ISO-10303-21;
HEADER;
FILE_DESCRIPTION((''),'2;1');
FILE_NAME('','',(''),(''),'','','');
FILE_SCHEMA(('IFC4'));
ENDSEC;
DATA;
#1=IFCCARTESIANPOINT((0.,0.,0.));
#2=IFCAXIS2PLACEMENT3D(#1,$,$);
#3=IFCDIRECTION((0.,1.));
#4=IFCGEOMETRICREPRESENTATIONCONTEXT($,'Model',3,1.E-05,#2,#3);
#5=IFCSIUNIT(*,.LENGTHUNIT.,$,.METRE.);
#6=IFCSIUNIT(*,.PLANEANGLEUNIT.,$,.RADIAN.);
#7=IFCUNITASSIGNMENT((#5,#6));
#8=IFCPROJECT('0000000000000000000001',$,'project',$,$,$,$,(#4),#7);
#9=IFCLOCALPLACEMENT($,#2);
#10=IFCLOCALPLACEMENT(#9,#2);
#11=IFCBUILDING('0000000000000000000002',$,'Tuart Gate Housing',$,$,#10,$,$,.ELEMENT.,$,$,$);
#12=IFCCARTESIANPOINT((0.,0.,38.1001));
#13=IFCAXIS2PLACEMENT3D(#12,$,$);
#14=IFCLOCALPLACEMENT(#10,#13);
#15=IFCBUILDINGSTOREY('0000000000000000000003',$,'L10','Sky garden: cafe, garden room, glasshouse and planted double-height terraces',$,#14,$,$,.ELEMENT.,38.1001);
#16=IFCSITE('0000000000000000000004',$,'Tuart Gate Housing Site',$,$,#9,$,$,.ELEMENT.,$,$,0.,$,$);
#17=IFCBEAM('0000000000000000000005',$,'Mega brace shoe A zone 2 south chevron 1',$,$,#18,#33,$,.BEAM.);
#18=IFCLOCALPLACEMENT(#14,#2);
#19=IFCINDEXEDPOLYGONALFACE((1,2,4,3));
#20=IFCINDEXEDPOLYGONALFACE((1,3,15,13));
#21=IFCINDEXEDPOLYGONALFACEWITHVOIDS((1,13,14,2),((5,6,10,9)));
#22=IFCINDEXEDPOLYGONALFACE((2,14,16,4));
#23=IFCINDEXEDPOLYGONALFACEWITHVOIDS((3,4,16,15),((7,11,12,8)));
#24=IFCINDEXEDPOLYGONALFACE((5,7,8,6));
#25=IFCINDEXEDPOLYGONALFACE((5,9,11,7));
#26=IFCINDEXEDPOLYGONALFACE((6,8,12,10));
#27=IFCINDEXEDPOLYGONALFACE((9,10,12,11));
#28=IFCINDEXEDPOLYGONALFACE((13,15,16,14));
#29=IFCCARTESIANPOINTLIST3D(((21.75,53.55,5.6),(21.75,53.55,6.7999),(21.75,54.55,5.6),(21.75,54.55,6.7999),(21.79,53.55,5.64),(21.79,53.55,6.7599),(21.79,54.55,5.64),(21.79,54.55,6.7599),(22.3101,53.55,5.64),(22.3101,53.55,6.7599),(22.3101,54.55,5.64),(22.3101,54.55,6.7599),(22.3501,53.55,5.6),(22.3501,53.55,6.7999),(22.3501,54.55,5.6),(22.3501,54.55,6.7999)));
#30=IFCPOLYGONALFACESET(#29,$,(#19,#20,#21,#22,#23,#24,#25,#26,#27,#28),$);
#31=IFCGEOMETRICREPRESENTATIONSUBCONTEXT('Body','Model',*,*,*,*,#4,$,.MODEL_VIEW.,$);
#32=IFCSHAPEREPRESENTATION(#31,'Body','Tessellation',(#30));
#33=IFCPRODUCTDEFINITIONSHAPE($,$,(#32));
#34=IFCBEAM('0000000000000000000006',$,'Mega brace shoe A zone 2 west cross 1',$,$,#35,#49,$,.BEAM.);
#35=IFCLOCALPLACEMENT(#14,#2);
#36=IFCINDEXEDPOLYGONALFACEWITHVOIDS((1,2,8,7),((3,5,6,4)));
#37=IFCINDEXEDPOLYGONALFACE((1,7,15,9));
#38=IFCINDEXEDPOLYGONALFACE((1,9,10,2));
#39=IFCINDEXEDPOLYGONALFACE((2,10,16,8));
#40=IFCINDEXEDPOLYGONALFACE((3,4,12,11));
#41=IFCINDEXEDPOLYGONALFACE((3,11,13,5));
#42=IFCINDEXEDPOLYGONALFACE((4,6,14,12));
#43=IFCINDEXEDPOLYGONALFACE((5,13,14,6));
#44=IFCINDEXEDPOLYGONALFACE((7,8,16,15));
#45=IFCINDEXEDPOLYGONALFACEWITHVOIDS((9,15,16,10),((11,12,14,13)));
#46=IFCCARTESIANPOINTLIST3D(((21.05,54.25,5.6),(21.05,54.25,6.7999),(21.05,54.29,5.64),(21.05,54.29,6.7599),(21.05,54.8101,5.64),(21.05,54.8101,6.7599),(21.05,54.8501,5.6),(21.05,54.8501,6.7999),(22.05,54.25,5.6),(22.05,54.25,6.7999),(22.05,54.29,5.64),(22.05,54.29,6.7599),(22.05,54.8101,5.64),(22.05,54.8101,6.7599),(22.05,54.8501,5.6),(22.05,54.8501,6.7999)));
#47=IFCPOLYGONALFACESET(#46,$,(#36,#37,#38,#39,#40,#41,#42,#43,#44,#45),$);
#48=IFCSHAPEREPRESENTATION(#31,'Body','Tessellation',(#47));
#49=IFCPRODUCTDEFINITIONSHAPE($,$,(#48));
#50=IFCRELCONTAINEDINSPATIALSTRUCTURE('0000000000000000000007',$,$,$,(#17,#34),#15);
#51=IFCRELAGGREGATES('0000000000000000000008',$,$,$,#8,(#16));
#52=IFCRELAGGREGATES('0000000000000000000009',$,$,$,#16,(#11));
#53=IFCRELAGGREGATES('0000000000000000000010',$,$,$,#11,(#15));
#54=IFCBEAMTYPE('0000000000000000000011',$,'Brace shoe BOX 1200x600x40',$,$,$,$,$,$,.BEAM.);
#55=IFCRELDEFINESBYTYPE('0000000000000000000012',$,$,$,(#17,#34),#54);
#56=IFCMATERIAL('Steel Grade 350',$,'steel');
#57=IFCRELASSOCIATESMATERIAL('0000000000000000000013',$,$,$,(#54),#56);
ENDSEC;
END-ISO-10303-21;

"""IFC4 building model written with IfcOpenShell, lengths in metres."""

from ifc_helpers import new_model, si_unit, direction, frame, origin, origin_2d, place, context, subcontext, project, spatial, hollow_rectangle, extrude, material, material_profile, profile_set, type_object, element, save


model = new_model("IFC4")

# Units and contexts
model_context = context("Model", 3, precision=1e-05, world=origin(), true_north=direction((0.0, 1.0)))
body_context = subcontext(model_context, "Body", "Model", "MODEL_VIEW")
ifc_project = project(units=[si_unit("LENGTHUNIT", "METRE"), si_unit("PLANEANGLEUNIT", "RADIAN")], contexts=[model_context])

# Site, building, storey
site_placement = place(None, origin())
site = spatial("IfcSite", under=ifc_project, at=site_placement, Name="Tuart Gate Housing Site", CompositionType="ELEMENT", RefElevation=0.0)
building_placement = place(site_placement, origin())
building = spatial("IfcBuilding", under=site, at=building_placement, Name="Tuart Gate Housing", CompositionType="ELEMENT")
storey_placement = place(building_placement, frame((0.0, 0.0, 38.1001)))
storey = spatial("IfcBuildingStorey", under=building, at=storey_placement, Name="L10", Description="Sky garden: cafe, garden room, glasshouse and planted double-height terraces", CompositionType="ELEMENT", Elevation=38.1001)

# Beams
ifc_material_1 = material(Name="Steel Grade 350", Category="steel")
ifc_material_profile = material_profile(ifc_material_1, hollow_rectangle(XDim=0.6001, YDim=1.2, WallThickness=0.04, at=origin_2d()), Name="BOX 1200x600x40")
ifc_profile_set = profile_set([ifc_material_profile], Name="Steel Grade 350")
beam_type = type_object("IfcBeamType", Name="Brace shoe BOX 1200x600x40", PredefinedType="BEAM", material=ifc_profile_set)
for number, where, z_axis, x_axis, name in (
    (1, (22.05, 54.55, 6.2), (0.0, -1.0, 0.0), (1.0, 0.0, 0.0), "Mega brace shoe A zone 2 south chevron 1"),
    (2, (22.05, 54.55, 6.2), (-1.0, 0.0, 0.0), (0.0, -1.0, 0.0), "Mega brace shoe A zone 2 west cross 1"),
):
    element("IfcBeam", number, at=place(storey_placement, frame(where, z_axis=z_axis, x_axis=x_axis)), inside=storey, type_object=beam_type, Name=name, PredefinedType="BEAM", context=body_context, shape_type="SweptSolid", body=[
        extrude(hollow_rectangle(XDim=0.6001, YDim=1.2, WallThickness=0.04, at=origin_2d()), origin(), (0.0, 0.0, 1.0), 1.0),
    ])

save(model, "model.ifc")
